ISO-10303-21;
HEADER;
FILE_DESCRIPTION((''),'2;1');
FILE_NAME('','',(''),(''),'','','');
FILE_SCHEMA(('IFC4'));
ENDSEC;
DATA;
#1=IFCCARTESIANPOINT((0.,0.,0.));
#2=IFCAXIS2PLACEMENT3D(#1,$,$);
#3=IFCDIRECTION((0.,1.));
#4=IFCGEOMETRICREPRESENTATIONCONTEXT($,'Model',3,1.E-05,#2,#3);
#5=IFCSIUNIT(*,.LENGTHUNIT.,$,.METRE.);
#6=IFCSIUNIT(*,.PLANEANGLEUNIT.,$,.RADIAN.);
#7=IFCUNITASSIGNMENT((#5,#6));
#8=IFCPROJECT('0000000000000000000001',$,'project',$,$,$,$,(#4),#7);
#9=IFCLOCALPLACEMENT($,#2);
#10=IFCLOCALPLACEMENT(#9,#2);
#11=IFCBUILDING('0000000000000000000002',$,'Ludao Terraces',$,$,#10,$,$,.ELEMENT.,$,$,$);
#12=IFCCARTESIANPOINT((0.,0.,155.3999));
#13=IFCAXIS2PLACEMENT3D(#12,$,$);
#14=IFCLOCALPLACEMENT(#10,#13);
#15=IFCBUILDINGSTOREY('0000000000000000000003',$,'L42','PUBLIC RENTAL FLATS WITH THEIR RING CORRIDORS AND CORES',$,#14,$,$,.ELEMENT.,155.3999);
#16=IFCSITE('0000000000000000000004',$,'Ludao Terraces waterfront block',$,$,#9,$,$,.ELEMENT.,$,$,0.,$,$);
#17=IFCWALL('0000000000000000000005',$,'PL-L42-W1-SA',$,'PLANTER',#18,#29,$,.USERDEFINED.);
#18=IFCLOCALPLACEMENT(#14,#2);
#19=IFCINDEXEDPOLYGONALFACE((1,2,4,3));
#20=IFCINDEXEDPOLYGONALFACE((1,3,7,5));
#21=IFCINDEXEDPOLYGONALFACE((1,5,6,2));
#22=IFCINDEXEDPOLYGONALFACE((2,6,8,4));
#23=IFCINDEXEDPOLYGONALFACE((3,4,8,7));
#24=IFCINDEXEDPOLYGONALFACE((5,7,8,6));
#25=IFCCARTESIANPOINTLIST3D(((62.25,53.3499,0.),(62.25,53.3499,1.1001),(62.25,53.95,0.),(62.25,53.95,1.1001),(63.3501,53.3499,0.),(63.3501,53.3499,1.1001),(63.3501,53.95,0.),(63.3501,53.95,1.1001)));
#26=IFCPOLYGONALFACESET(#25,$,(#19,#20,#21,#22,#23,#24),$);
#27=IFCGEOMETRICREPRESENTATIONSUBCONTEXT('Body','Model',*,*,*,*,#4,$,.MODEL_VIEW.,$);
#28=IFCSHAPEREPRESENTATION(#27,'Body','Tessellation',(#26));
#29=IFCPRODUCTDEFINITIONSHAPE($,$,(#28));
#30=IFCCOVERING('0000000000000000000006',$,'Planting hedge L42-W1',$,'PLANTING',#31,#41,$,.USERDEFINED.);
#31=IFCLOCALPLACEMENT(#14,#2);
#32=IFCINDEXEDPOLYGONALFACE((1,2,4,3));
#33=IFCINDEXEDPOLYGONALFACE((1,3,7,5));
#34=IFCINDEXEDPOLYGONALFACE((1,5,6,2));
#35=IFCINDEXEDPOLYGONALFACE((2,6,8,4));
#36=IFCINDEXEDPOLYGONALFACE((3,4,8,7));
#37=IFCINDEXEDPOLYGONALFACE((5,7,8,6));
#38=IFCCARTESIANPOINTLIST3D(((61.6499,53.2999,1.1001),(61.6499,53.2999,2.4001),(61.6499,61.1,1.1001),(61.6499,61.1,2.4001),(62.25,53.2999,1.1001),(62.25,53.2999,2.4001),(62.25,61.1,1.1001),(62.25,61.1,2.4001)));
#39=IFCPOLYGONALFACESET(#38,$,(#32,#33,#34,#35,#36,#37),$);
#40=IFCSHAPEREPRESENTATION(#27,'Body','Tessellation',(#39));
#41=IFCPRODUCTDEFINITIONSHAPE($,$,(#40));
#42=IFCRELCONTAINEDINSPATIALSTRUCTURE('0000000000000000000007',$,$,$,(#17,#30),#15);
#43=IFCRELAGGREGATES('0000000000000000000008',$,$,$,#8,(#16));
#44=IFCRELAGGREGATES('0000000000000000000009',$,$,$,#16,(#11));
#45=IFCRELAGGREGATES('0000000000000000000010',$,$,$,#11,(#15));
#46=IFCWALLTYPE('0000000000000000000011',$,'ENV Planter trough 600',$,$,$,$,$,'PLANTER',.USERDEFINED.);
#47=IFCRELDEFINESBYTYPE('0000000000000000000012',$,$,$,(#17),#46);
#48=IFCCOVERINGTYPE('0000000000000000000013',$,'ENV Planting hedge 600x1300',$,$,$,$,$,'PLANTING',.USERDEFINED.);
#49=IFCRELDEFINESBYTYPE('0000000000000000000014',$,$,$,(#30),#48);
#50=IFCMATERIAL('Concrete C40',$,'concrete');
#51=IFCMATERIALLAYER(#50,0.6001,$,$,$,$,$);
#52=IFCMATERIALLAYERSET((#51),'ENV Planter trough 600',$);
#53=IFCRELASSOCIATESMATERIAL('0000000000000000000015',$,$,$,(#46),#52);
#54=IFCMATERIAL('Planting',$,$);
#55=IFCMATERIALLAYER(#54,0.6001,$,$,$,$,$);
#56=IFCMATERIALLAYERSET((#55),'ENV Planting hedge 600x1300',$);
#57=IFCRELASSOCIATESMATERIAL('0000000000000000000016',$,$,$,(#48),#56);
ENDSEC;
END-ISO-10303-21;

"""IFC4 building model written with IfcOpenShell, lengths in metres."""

from ifc_helpers import new_model, si_unit, direction, frame, frame_2d, origin, origin_2d, place, context, subcontext, project, spatial, rectangle, extrude, material, layer, layer_set, type_object, element, save


model = new_model("IFC4")

# Units and contexts
model_context = context("Model", 3, precision=1e-05, world=origin(), true_north=direction((0.0, 1.0)))
body_context = subcontext(model_context, "Body", "Model", "MODEL_VIEW")
ifc_project = project(units=[si_unit("LENGTHUNIT", "METRE"), si_unit("PLANEANGLEUNIT", "RADIAN")], contexts=[model_context])

# Site, building, storey
site_placement = place(None, origin())
site = spatial("IfcSite", under=ifc_project, at=site_placement, Name="Ludao Terraces waterfront block", CompositionType="ELEMENT", RefElevation=0.0)
building_placement = place(site_placement, origin())
building = spatial("IfcBuilding", under=site, at=building_placement, Name="Ludao Terraces", CompositionType="ELEMENT")
storey_placement = place(building_placement, frame((0.0, 0.0, 155.3999)))
storey = spatial("IfcBuildingStorey", under=building, at=storey_placement, Name="L42", Description="PUBLIC RENTAL FLATS WITH THEIR RING CORRIDORS AND CORES", CompositionType="ELEMENT", Elevation=155.3999)

# Shared definitions
ifc_material_1 = material(Name="Concrete C40", Category="concrete")

# Wall
ifc_layer_1 = layer(ifc_material_1, 0.6001)
ifc_layer_set_1 = layer_set([ifc_layer_1], Name="ENV Planter trough 600")
wall_type = type_object("IfcWallType", Name="ENV Planter trough 600", ElementType="PLANTER", PredefinedType="USERDEFINED", material=ifc_layer_set_1)
wall_1_placement = place(storey_placement, frame((62.25, 53.6499, 0.0), z_axis=(0.0, 0.0, 1.0), x_axis=(1.0, 0.0, 0.0)))
element("IfcWall", 1, at=wall_1_placement, inside=storey, type_object=wall_type, Name="PL-L42-W1-SA", ObjectType="PLANTER", PredefinedType="USERDEFINED", context=body_context, shape_type="SweptSolid", body=[
    extrude(rectangle(XDim=1.1001, YDim=0.6001, at=frame_2d((0.55, 0.0))), origin(), (0.0, 0.0, 1.0), 1.1001),
])

# Covering
ifc_material_2 = material(Name="Planting")
ifc_layer_2 = layer(ifc_material_2, 0.6001)
ifc_layer_set_2 = layer_set([ifc_layer_2], Name="ENV Planting hedge 600x1300")
covering_type = type_object("IfcCoveringType", Name="ENV Planting hedge 600x1300", ElementType="PLANTING", PredefinedType="USERDEFINED", material=ifc_layer_set_2)
covering_placement = place(storey_placement, frame((61.95, 57.2, 1.1001), z_axis=(0.0, 0.0, 1.0), x_axis=(1.0, 0.0, 0.0)))
element("IfcCovering", 2, at=covering_placement, inside=storey, type_object=covering_type, Name="Planting hedge L42-W1", ObjectType="PLANTING", PredefinedType="USERDEFINED", context=body_context, shape_type="SweptSolid", body=[
    extrude(rectangle(XDim=0.6001, YDim=7.8, at=origin_2d()), origin(), (0.0, 0.0, 1.0), 1.3),
])

save(model, "model.ifc")
